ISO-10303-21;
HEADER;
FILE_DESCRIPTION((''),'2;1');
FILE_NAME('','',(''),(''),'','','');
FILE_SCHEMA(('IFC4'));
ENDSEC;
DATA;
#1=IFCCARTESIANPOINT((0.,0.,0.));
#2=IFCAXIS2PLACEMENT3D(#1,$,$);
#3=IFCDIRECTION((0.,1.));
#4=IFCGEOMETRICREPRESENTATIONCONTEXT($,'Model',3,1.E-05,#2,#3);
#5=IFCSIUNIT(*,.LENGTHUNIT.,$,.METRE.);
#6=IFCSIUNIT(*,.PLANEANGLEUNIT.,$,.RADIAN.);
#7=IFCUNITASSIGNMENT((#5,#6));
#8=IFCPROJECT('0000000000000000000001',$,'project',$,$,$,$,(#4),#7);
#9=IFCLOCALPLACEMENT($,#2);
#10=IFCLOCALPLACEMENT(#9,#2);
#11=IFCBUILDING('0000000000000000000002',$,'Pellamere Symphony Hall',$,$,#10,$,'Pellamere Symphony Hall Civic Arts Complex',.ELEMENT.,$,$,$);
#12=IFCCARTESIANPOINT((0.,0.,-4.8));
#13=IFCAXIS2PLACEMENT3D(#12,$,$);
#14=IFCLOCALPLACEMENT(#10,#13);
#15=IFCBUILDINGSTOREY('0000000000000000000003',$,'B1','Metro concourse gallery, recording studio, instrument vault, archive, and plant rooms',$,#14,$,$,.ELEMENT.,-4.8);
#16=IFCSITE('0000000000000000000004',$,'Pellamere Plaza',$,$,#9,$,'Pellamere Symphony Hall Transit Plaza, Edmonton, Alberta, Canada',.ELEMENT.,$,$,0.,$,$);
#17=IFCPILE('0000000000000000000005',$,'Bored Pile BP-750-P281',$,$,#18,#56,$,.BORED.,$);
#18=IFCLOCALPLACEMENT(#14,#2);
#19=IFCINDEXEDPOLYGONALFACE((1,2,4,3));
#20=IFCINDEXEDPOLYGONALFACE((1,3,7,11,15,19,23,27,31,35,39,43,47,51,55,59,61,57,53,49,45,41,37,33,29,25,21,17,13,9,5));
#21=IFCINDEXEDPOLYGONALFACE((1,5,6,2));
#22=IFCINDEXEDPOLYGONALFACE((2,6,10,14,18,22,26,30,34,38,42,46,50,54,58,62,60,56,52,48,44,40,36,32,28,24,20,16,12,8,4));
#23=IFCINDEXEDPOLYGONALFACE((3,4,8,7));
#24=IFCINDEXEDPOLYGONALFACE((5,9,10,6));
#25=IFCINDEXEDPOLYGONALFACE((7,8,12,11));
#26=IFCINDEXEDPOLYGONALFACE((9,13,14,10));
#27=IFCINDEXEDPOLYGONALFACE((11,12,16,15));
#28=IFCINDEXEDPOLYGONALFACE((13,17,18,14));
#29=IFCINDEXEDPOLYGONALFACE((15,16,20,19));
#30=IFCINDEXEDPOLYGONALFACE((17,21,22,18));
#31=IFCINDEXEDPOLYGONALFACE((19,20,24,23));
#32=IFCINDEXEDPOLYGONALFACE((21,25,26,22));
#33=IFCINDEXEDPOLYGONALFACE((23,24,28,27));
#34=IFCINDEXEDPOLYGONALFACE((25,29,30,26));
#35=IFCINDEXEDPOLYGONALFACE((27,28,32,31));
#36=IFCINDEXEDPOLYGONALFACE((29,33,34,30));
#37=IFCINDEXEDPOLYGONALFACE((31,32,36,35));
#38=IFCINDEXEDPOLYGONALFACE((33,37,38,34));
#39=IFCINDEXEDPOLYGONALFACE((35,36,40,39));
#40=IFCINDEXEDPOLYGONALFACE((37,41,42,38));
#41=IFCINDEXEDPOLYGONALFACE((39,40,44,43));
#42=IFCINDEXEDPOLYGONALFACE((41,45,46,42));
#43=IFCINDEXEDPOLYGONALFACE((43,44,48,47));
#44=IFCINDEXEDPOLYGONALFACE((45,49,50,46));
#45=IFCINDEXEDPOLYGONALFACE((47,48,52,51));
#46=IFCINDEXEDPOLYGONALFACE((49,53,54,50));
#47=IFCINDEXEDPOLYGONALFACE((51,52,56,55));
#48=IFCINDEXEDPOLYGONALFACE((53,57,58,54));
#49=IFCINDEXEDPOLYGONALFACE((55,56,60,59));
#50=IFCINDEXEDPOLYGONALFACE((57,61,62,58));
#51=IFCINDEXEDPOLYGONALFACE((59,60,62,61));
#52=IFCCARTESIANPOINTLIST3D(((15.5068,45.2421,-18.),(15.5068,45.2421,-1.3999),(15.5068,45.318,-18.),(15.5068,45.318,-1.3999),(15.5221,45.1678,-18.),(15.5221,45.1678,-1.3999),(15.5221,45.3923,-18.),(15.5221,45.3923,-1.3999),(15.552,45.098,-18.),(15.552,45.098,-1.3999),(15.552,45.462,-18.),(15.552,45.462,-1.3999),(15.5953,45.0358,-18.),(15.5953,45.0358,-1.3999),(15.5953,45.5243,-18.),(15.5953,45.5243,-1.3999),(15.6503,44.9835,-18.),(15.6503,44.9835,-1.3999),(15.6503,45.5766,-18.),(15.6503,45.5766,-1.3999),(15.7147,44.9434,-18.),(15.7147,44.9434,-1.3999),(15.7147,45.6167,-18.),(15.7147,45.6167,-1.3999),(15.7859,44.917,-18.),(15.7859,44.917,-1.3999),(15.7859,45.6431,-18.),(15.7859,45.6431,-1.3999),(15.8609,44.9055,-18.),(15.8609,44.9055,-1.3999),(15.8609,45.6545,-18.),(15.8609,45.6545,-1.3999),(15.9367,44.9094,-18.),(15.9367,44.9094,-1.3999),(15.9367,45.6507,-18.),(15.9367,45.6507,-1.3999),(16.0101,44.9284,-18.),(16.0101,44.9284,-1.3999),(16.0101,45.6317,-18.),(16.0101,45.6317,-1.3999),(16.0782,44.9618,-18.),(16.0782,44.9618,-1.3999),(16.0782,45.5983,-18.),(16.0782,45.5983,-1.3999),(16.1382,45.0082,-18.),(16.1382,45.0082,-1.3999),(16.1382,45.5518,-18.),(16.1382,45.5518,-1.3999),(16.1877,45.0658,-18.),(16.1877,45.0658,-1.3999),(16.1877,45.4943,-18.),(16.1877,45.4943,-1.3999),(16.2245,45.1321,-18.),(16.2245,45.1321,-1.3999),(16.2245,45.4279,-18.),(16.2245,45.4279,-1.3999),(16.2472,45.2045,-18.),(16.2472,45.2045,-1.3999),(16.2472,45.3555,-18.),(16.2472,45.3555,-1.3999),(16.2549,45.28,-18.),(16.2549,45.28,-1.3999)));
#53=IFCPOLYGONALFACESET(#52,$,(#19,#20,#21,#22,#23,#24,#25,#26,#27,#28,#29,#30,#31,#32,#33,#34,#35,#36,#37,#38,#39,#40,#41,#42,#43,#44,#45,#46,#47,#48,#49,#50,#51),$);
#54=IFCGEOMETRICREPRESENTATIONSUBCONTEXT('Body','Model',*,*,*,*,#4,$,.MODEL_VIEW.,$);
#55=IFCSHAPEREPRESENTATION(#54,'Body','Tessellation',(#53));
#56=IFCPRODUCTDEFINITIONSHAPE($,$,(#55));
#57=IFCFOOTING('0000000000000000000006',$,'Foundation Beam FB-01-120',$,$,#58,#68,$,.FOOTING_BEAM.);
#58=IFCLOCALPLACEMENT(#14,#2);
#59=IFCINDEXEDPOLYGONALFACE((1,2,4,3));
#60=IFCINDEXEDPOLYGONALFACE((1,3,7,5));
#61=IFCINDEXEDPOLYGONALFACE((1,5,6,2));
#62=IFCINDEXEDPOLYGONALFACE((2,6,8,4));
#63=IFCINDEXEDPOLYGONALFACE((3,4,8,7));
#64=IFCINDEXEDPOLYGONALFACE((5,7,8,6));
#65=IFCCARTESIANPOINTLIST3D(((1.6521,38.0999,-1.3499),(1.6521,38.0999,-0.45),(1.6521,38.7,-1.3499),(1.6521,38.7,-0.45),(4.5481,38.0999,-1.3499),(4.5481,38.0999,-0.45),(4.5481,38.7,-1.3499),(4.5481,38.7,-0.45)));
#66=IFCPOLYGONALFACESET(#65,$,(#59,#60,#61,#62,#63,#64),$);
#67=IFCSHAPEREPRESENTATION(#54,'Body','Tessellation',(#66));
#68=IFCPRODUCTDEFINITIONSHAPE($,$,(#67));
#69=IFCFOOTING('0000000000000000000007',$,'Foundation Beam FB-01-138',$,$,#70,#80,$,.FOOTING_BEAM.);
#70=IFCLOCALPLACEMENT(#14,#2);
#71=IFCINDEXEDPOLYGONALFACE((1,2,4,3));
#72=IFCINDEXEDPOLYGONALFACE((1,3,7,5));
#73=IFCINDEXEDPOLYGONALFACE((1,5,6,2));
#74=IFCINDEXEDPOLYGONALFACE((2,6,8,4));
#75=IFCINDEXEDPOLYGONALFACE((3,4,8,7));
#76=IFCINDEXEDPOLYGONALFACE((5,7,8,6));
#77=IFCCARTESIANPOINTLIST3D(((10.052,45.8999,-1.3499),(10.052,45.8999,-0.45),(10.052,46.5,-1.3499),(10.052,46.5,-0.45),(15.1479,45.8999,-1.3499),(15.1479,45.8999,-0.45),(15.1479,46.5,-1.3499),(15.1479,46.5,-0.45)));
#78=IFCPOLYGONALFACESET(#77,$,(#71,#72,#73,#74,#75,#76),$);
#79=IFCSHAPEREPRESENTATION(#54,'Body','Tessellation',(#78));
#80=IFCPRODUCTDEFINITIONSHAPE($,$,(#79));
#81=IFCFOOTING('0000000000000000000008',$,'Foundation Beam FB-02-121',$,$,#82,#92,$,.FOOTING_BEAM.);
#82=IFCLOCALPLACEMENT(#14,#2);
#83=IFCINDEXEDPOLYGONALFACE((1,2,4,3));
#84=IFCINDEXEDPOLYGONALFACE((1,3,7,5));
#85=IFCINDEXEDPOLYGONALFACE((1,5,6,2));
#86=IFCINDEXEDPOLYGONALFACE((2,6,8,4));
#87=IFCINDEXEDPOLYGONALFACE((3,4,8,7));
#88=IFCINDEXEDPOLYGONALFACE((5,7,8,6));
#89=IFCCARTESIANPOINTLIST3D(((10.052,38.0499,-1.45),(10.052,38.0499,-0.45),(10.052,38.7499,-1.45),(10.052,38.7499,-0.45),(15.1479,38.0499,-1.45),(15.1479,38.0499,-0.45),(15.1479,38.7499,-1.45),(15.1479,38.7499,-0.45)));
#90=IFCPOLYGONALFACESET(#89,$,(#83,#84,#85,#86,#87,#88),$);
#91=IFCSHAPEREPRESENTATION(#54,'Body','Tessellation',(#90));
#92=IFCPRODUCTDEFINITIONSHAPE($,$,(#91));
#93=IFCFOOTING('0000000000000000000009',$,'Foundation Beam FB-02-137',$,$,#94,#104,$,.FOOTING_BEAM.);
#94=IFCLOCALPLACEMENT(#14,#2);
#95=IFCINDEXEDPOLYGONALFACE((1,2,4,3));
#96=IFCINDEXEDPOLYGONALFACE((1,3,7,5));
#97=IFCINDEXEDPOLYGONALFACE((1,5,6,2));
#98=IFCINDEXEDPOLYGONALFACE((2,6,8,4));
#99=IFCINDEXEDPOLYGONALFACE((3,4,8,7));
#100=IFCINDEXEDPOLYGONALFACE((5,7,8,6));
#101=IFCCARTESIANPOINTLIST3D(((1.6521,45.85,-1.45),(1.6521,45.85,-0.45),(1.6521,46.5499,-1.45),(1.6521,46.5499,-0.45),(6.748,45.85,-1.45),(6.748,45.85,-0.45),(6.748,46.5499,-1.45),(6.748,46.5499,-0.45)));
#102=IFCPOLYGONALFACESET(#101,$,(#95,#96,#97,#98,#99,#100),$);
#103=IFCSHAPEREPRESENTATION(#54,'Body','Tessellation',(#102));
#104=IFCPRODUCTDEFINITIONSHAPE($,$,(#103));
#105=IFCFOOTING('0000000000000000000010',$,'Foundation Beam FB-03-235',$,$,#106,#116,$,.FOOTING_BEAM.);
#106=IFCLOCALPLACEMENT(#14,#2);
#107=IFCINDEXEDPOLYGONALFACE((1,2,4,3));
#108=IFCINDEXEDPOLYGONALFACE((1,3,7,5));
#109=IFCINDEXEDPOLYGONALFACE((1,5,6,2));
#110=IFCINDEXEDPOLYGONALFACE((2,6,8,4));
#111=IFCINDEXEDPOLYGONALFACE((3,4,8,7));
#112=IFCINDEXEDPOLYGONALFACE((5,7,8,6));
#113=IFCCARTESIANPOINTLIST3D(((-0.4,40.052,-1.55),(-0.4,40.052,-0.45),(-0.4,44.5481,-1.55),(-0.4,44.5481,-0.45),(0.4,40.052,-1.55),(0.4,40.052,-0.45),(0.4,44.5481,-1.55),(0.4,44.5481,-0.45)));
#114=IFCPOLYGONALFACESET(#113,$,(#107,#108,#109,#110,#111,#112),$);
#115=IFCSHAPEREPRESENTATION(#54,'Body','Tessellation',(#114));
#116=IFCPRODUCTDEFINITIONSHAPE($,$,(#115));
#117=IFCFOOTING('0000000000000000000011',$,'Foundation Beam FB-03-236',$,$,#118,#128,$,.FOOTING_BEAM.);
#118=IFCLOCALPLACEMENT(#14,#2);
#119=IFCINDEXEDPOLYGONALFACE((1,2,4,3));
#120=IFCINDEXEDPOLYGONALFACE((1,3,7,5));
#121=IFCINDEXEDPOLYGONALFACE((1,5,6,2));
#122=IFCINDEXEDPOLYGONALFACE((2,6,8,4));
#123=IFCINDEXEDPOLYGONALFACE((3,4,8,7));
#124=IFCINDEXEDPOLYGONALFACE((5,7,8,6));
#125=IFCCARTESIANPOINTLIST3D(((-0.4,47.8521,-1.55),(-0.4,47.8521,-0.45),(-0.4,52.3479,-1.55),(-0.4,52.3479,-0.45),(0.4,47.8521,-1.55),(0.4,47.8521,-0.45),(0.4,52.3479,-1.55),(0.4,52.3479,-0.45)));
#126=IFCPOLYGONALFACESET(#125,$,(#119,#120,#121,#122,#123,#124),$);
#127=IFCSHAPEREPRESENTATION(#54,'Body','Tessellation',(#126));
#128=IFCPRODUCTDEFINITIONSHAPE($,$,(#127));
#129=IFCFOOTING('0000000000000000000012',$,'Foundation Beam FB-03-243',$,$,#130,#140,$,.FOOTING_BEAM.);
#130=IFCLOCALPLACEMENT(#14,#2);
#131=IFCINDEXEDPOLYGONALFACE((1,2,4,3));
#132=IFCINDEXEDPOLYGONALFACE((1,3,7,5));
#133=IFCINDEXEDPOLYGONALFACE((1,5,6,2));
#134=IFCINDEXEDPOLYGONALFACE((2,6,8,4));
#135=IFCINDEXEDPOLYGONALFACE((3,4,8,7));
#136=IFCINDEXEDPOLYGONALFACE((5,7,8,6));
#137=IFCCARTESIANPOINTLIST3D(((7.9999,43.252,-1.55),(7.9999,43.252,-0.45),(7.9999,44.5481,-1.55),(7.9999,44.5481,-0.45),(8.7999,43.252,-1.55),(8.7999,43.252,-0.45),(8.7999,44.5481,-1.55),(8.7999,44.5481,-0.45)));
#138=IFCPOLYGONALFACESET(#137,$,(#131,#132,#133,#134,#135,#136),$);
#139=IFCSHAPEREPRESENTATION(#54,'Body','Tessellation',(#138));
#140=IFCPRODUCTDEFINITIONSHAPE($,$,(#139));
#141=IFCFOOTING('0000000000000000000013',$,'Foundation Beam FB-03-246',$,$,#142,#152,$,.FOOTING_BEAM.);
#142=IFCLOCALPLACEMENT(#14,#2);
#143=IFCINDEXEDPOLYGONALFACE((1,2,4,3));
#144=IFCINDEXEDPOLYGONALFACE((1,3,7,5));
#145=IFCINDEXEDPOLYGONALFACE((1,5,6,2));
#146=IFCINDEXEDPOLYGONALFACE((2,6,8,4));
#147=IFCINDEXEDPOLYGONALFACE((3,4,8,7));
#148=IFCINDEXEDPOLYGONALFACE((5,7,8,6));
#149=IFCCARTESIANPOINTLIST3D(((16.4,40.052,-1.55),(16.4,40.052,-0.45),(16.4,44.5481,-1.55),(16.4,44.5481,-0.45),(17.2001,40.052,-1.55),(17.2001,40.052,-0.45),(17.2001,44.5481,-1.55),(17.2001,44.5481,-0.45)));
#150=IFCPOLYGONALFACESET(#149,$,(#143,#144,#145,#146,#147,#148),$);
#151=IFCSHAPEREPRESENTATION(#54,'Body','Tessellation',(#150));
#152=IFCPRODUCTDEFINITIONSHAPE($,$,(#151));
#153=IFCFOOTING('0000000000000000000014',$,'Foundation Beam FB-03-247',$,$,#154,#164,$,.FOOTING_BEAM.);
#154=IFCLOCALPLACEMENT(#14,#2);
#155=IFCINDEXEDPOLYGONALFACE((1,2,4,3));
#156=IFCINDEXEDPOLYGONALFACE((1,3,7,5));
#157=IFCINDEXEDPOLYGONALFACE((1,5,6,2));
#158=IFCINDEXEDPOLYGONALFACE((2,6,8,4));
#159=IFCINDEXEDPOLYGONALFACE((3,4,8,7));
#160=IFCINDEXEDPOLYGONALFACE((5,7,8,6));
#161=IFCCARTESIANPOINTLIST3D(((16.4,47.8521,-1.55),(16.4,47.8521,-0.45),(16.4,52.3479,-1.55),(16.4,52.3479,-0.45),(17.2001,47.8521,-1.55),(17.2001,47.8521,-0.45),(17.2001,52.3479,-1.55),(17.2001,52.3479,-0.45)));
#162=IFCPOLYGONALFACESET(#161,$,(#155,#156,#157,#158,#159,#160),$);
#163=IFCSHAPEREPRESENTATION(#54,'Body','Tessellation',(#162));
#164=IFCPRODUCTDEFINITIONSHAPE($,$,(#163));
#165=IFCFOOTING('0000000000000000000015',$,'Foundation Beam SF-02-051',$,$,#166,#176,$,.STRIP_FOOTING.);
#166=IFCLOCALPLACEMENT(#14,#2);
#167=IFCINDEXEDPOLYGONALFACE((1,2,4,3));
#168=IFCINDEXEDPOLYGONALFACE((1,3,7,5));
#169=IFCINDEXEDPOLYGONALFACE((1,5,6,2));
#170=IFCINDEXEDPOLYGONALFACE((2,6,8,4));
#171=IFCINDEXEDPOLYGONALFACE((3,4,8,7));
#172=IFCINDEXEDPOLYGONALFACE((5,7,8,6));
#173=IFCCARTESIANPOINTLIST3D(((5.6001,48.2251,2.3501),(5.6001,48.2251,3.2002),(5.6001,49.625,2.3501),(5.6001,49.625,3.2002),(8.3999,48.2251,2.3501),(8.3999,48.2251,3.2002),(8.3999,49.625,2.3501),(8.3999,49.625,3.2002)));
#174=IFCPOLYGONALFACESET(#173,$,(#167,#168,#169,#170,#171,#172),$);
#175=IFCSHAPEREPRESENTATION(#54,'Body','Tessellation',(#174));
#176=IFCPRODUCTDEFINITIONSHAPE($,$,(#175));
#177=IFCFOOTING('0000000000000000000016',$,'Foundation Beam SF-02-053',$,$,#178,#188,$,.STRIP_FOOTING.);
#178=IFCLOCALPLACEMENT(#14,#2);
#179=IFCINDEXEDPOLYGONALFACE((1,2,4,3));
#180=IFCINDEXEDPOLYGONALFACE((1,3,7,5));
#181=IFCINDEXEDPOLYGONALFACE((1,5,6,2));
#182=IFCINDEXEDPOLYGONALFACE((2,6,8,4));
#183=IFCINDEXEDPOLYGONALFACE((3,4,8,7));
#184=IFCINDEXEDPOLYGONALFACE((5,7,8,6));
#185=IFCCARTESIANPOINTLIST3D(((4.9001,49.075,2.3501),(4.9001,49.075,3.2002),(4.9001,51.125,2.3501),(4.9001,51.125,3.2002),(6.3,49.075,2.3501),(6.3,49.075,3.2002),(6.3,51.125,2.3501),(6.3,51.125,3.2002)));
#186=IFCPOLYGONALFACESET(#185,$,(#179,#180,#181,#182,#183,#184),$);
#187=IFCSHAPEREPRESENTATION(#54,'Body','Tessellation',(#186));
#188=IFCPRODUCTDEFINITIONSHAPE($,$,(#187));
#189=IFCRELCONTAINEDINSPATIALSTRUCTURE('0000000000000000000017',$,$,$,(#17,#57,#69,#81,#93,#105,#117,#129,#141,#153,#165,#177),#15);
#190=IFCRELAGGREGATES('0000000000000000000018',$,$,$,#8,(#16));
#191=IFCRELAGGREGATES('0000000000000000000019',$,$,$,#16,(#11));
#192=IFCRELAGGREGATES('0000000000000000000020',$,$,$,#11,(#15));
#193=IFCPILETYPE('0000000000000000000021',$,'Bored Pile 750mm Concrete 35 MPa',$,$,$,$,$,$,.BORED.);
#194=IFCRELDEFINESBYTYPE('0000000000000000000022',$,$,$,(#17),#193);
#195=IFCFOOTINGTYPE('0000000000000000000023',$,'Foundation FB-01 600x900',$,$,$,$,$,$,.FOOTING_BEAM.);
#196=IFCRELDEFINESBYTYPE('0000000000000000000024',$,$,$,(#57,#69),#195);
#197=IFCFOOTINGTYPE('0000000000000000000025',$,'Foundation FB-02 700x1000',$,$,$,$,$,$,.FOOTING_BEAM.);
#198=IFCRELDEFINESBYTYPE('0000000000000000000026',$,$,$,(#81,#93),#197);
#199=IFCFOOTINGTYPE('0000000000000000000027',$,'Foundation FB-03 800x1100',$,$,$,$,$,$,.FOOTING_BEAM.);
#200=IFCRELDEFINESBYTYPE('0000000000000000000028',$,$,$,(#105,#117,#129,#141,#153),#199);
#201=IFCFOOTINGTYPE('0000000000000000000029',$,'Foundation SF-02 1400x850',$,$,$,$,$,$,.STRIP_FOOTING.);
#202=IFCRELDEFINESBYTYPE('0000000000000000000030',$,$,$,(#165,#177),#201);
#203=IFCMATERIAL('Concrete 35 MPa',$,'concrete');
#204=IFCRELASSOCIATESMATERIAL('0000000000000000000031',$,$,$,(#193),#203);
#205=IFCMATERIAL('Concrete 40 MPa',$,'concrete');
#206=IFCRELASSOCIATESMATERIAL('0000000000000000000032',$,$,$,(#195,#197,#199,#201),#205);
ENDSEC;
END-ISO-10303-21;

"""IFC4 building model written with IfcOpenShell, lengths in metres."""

from ifc_helpers import new_model, si_unit, direction, frame, origin, origin_2d, place, context, subcontext, project, spatial, rectangle, circle, extrude, material, material_profile, profile_set, type_object, element, save


model = new_model("IFC4")

# Units and contexts
model_context = context("Model", 3, precision=1e-05, world=origin(), true_north=direction((0.0, 1.0)))
body_context = subcontext(model_context, "Body", "Model", "MODEL_VIEW")
ifc_project = project(units=[si_unit("LENGTHUNIT", "METRE"), si_unit("PLANEANGLEUNIT", "RADIAN")], contexts=[model_context])

# Site, building, storey
site_placement = place(None, origin())
site = spatial("IfcSite", under=ifc_project, at=site_placement, Name="Pellamere Plaza", LongName="Pellamere Symphony Hall Transit Plaza, Edmonton, Alberta, Canada", CompositionType="ELEMENT", RefElevation=0.0)
building_placement = place(site_placement, origin())
building = spatial("IfcBuilding", under=site, at=building_placement, Name="Pellamere Symphony Hall", LongName="Pellamere Symphony Hall Civic Arts Complex", CompositionType="ELEMENT")
storey_placement = place(building_placement, frame((0.0, 0.0, -4.8)))
storey = spatial("IfcBuildingStorey", under=building, at=storey_placement, Name="B1", Description="Metro concourse gallery, recording studio, instrument vault, archive, and plant rooms", CompositionType="ELEMENT", Elevation=-4.8)

# Pile
ifc_material_1 = material(Name="Concrete 35 MPa", Category="concrete")
ifc_material_profile_1 = material_profile(ifc_material_1, circle(Radius=0.375, at=origin_2d()), Name="PILE D750")
ifc_profile_set_1 = profile_set([ifc_material_profile_1], Name="Concrete 35 MPa")
pile_type = type_object("IfcPileType", Name="Bored Pile 750mm Concrete 35 MPa", PredefinedType="BORED", material=ifc_profile_set_1)
pile_1_placement = place(storey_placement, frame((15.8799, 45.28, -1.3999), z_axis=(0.0, 0.0, -1.0), x_axis=(1.0, 0.0, 0.0)))
element("IfcPile", 1, at=pile_1_placement, inside=storey, type_object=pile_type, Name="Bored Pile BP-750-P281", PredefinedType="BORED", context=body_context, shape_type="SweptSolid", body=[
    extrude(circle(Radius=0.375, at=origin_2d()), origin(), (0.0, 0.0, 1.0), 16.6001),
])

# Footings
ifc_material_2 = material(Name="Concrete 40 MPa", Category="concrete")
ifc_material_profile_2 = material_profile(ifc_material_2, rectangle(XDim=0.6001, YDim=0.8999, at=origin_2d()), Name="RC 600x900")
ifc_profile_set_2 = profile_set([ifc_material_profile_2], Name="Concrete 40 MPa")
footing_type_1 = type_object("IfcFootingType", Name="Foundation FB-01 600x900", PredefinedType="FOOTING_BEAM", material=ifc_profile_set_2)
footing_1_placement = place(storey_placement, frame((1.6521, 38.3999, -0.8999), z_axis=(1.0, 0.0, 0.0), x_axis=(0.0, 1.0, 0.0)))
element("IfcFooting", 2, at=footing_1_placement, inside=storey, type_object=footing_type_1, Name="Foundation Beam FB-01-120", PredefinedType="FOOTING_BEAM", context=body_context, shape_type="SweptSolid", body=[
    extrude(rectangle(XDim=0.6001, YDim=0.8999, at=origin_2d()), origin(), (0.0, 0.0, 1.0), 2.896),
])
footing_2_placement = place(storey_placement, frame((10.052, 46.2, -0.8999), z_axis=(1.0, 0.0, 0.0), x_axis=(0.0, 1.0, 0.0)))
element("IfcFooting", 3, at=footing_2_placement, inside=storey, type_object=footing_type_1, Name="Foundation Beam FB-01-138", PredefinedType="FOOTING_BEAM", context=body_context, shape_type="SweptSolid", body=[
    extrude(rectangle(XDim=0.6001, YDim=0.8999, at=origin_2d()), origin(), (0.0, 0.0, 1.0), 5.0959),
])
ifc_material_profile_3 = material_profile(ifc_material_2, rectangle(XDim=0.7, YDim=1.0, at=origin_2d()), Name="RC 700x1000")
ifc_profile_set_3 = profile_set([ifc_material_profile_3], Name="Concrete 40 MPa")
footing_type_2 = type_object("IfcFootingType", Name="Foundation FB-02 700x1000", PredefinedType="FOOTING_BEAM", material=ifc_profile_set_3)
for number, where, z_axis, x_axis, name in (
    (4, (10.052, 38.3999, -0.95), (1.0, 0.0, 0.0), (0.0, 1.0, 0.0), "Foundation Beam FB-02-121"),
    (5, (1.6521, 46.2, -0.95), (1.0, 0.0, 0.0), (0.0, 1.0, 0.0), "Foundation Beam FB-02-137"),
):
    element("IfcFooting", number, at=place(storey_placement, frame(where, z_axis=z_axis, x_axis=x_axis)), inside=storey, type_object=footing_type_2, Name=name, PredefinedType="FOOTING_BEAM", context=body_context, shape_type="SweptSolid", body=[
        extrude(rectangle(XDim=0.7, YDim=1.0, at=origin_2d()), origin(), (0.0, 0.0, 1.0), 5.0959),
    ])
ifc_material_profile_4 = material_profile(ifc_material_2, rectangle(XDim=0.8, YDim=1.1001, at=origin_2d()), Name="RC 800x1100")
ifc_profile_set_4 = profile_set([ifc_material_profile_4], Name="Concrete 40 MPa")
footing_type_3 = type_object("IfcFootingType", Name="Foundation FB-03 800x1100", PredefinedType="FOOTING_BEAM", material=ifc_profile_set_4)
footing_3_placement = place(storey_placement, frame((0.0, 40.052, -1.0), z_axis=(0.0, 1.0, 0.0), x_axis=(-1.0, 0.0, 0.0)))
element("IfcFooting", 6, at=footing_3_placement, inside=storey, type_object=footing_type_3, Name="Foundation Beam FB-03-235", PredefinedType="FOOTING_BEAM", context=body_context, shape_type="SweptSolid", body=[
    extrude(rectangle(XDim=0.8, YDim=1.1001, at=origin_2d()), origin(), (0.0, 0.0, 1.0), 4.4961),
])
footing_4_placement = place(storey_placement, frame((0.0, 47.8521, -1.0), z_axis=(0.0, 1.0, 0.0), x_axis=(-1.0, 0.0, 0.0)))
element("IfcFooting", 7, at=footing_4_placement, inside=storey, type_object=footing_type_3, Name="Foundation Beam FB-03-236", PredefinedType="FOOTING_BEAM", context=body_context, shape_type="SweptSolid", body=[
    extrude(rectangle(XDim=0.8, YDim=1.1001, at=origin_2d()), origin(), (0.0, 0.0, 1.0), 4.4958),
])
footing_5_placement = place(storey_placement, frame((8.3999, 43.252, -1.0), z_axis=(0.0, 1.0, 0.0), x_axis=(-1.0, 0.0, 0.0)))
element("IfcFooting", 8, at=footing_5_placement, inside=storey, type_object=footing_type_3, Name="Foundation Beam FB-03-243", PredefinedType="FOOTING_BEAM", context=body_context, shape_type="SweptSolid", body=[
    extrude(rectangle(XDim=0.8, YDim=1.1001, at=origin_2d()), origin(), (0.0, 0.0, 1.0), 1.2961),
])
footing_6_placement = place(storey_placement, frame((16.8, 40.052, -1.0), z_axis=(0.0, 1.0, 0.0), x_axis=(-1.0, 0.0, 0.0)))
element("IfcFooting", 9, at=footing_6_placement, inside=storey, type_object=footing_type_3, Name="Foundation Beam FB-03-246", PredefinedType="FOOTING_BEAM", context=body_context, shape_type="SweptSolid", body=[
    extrude(rectangle(XDim=0.8, YDim=1.1001, at=origin_2d()), origin(), (0.0, 0.0, 1.0), 4.4961),
])
footing_7_placement = place(storey_placement, frame((16.8, 47.8521, -1.0), z_axis=(0.0, 1.0, 0.0), x_axis=(-1.0, 0.0, 0.0)))
element("IfcFooting", 10, at=footing_7_placement, inside=storey, type_object=footing_type_3, Name="Foundation Beam FB-03-247", PredefinedType="FOOTING_BEAM", context=body_context, shape_type="SweptSolid", body=[
    extrude(rectangle(XDim=0.8, YDim=1.1001, at=origin_2d()), origin(), (0.0, 0.0, 1.0), 4.4958),
])
ifc_material_profile_5 = material_profile(ifc_material_2, rectangle(XDim=1.3999, YDim=0.8501, at=origin_2d()), Name="RC 1400x850")
ifc_profile_set_5 = profile_set([ifc_material_profile_5], Name="Concrete 40 MPa")
footing_type_4 = type_object("IfcFootingType", Name="Foundation SF-02 1400x850", PredefinedType="STRIP_FOOTING", material=ifc_profile_set_5)
footing_8_placement = place(storey_placement, frame((5.6001, 48.925, 2.7751), z_axis=(1.0, 0.0, 0.0), x_axis=(0.0, 1.0, 0.0)))
element("IfcFooting", 11, at=footing_8_placement, inside=storey, type_object=footing_type_4, Name="Foundation Beam SF-02-051", PredefinedType="STRIP_FOOTING", context=body_context, shape_type="SweptSolid", body=[
    extrude(rectangle(XDim=1.3999, YDim=0.8501, at=origin_2d()), origin(), (0.0, 0.0, 1.0), 2.7998),
])
footing_9_placement = place(storey_placement, frame((5.6001, 49.075, 2.7751), z_axis=(0.0, 1.0, 0.0), x_axis=(-1.0, 0.0, 0.0)))
element("IfcFooting", 12, at=footing_9_placement, inside=storey, type_object=footing_type_4, Name="Foundation Beam SF-02-053", PredefinedType="STRIP_FOOTING", context=body_context, shape_type="SweptSolid", body=[
    extrude(rectangle(XDim=1.3999, YDim=0.8501, at=origin_2d()), origin(), (0.0, 0.0, 1.0), 2.05),
])

save(model, "model.ifc")
